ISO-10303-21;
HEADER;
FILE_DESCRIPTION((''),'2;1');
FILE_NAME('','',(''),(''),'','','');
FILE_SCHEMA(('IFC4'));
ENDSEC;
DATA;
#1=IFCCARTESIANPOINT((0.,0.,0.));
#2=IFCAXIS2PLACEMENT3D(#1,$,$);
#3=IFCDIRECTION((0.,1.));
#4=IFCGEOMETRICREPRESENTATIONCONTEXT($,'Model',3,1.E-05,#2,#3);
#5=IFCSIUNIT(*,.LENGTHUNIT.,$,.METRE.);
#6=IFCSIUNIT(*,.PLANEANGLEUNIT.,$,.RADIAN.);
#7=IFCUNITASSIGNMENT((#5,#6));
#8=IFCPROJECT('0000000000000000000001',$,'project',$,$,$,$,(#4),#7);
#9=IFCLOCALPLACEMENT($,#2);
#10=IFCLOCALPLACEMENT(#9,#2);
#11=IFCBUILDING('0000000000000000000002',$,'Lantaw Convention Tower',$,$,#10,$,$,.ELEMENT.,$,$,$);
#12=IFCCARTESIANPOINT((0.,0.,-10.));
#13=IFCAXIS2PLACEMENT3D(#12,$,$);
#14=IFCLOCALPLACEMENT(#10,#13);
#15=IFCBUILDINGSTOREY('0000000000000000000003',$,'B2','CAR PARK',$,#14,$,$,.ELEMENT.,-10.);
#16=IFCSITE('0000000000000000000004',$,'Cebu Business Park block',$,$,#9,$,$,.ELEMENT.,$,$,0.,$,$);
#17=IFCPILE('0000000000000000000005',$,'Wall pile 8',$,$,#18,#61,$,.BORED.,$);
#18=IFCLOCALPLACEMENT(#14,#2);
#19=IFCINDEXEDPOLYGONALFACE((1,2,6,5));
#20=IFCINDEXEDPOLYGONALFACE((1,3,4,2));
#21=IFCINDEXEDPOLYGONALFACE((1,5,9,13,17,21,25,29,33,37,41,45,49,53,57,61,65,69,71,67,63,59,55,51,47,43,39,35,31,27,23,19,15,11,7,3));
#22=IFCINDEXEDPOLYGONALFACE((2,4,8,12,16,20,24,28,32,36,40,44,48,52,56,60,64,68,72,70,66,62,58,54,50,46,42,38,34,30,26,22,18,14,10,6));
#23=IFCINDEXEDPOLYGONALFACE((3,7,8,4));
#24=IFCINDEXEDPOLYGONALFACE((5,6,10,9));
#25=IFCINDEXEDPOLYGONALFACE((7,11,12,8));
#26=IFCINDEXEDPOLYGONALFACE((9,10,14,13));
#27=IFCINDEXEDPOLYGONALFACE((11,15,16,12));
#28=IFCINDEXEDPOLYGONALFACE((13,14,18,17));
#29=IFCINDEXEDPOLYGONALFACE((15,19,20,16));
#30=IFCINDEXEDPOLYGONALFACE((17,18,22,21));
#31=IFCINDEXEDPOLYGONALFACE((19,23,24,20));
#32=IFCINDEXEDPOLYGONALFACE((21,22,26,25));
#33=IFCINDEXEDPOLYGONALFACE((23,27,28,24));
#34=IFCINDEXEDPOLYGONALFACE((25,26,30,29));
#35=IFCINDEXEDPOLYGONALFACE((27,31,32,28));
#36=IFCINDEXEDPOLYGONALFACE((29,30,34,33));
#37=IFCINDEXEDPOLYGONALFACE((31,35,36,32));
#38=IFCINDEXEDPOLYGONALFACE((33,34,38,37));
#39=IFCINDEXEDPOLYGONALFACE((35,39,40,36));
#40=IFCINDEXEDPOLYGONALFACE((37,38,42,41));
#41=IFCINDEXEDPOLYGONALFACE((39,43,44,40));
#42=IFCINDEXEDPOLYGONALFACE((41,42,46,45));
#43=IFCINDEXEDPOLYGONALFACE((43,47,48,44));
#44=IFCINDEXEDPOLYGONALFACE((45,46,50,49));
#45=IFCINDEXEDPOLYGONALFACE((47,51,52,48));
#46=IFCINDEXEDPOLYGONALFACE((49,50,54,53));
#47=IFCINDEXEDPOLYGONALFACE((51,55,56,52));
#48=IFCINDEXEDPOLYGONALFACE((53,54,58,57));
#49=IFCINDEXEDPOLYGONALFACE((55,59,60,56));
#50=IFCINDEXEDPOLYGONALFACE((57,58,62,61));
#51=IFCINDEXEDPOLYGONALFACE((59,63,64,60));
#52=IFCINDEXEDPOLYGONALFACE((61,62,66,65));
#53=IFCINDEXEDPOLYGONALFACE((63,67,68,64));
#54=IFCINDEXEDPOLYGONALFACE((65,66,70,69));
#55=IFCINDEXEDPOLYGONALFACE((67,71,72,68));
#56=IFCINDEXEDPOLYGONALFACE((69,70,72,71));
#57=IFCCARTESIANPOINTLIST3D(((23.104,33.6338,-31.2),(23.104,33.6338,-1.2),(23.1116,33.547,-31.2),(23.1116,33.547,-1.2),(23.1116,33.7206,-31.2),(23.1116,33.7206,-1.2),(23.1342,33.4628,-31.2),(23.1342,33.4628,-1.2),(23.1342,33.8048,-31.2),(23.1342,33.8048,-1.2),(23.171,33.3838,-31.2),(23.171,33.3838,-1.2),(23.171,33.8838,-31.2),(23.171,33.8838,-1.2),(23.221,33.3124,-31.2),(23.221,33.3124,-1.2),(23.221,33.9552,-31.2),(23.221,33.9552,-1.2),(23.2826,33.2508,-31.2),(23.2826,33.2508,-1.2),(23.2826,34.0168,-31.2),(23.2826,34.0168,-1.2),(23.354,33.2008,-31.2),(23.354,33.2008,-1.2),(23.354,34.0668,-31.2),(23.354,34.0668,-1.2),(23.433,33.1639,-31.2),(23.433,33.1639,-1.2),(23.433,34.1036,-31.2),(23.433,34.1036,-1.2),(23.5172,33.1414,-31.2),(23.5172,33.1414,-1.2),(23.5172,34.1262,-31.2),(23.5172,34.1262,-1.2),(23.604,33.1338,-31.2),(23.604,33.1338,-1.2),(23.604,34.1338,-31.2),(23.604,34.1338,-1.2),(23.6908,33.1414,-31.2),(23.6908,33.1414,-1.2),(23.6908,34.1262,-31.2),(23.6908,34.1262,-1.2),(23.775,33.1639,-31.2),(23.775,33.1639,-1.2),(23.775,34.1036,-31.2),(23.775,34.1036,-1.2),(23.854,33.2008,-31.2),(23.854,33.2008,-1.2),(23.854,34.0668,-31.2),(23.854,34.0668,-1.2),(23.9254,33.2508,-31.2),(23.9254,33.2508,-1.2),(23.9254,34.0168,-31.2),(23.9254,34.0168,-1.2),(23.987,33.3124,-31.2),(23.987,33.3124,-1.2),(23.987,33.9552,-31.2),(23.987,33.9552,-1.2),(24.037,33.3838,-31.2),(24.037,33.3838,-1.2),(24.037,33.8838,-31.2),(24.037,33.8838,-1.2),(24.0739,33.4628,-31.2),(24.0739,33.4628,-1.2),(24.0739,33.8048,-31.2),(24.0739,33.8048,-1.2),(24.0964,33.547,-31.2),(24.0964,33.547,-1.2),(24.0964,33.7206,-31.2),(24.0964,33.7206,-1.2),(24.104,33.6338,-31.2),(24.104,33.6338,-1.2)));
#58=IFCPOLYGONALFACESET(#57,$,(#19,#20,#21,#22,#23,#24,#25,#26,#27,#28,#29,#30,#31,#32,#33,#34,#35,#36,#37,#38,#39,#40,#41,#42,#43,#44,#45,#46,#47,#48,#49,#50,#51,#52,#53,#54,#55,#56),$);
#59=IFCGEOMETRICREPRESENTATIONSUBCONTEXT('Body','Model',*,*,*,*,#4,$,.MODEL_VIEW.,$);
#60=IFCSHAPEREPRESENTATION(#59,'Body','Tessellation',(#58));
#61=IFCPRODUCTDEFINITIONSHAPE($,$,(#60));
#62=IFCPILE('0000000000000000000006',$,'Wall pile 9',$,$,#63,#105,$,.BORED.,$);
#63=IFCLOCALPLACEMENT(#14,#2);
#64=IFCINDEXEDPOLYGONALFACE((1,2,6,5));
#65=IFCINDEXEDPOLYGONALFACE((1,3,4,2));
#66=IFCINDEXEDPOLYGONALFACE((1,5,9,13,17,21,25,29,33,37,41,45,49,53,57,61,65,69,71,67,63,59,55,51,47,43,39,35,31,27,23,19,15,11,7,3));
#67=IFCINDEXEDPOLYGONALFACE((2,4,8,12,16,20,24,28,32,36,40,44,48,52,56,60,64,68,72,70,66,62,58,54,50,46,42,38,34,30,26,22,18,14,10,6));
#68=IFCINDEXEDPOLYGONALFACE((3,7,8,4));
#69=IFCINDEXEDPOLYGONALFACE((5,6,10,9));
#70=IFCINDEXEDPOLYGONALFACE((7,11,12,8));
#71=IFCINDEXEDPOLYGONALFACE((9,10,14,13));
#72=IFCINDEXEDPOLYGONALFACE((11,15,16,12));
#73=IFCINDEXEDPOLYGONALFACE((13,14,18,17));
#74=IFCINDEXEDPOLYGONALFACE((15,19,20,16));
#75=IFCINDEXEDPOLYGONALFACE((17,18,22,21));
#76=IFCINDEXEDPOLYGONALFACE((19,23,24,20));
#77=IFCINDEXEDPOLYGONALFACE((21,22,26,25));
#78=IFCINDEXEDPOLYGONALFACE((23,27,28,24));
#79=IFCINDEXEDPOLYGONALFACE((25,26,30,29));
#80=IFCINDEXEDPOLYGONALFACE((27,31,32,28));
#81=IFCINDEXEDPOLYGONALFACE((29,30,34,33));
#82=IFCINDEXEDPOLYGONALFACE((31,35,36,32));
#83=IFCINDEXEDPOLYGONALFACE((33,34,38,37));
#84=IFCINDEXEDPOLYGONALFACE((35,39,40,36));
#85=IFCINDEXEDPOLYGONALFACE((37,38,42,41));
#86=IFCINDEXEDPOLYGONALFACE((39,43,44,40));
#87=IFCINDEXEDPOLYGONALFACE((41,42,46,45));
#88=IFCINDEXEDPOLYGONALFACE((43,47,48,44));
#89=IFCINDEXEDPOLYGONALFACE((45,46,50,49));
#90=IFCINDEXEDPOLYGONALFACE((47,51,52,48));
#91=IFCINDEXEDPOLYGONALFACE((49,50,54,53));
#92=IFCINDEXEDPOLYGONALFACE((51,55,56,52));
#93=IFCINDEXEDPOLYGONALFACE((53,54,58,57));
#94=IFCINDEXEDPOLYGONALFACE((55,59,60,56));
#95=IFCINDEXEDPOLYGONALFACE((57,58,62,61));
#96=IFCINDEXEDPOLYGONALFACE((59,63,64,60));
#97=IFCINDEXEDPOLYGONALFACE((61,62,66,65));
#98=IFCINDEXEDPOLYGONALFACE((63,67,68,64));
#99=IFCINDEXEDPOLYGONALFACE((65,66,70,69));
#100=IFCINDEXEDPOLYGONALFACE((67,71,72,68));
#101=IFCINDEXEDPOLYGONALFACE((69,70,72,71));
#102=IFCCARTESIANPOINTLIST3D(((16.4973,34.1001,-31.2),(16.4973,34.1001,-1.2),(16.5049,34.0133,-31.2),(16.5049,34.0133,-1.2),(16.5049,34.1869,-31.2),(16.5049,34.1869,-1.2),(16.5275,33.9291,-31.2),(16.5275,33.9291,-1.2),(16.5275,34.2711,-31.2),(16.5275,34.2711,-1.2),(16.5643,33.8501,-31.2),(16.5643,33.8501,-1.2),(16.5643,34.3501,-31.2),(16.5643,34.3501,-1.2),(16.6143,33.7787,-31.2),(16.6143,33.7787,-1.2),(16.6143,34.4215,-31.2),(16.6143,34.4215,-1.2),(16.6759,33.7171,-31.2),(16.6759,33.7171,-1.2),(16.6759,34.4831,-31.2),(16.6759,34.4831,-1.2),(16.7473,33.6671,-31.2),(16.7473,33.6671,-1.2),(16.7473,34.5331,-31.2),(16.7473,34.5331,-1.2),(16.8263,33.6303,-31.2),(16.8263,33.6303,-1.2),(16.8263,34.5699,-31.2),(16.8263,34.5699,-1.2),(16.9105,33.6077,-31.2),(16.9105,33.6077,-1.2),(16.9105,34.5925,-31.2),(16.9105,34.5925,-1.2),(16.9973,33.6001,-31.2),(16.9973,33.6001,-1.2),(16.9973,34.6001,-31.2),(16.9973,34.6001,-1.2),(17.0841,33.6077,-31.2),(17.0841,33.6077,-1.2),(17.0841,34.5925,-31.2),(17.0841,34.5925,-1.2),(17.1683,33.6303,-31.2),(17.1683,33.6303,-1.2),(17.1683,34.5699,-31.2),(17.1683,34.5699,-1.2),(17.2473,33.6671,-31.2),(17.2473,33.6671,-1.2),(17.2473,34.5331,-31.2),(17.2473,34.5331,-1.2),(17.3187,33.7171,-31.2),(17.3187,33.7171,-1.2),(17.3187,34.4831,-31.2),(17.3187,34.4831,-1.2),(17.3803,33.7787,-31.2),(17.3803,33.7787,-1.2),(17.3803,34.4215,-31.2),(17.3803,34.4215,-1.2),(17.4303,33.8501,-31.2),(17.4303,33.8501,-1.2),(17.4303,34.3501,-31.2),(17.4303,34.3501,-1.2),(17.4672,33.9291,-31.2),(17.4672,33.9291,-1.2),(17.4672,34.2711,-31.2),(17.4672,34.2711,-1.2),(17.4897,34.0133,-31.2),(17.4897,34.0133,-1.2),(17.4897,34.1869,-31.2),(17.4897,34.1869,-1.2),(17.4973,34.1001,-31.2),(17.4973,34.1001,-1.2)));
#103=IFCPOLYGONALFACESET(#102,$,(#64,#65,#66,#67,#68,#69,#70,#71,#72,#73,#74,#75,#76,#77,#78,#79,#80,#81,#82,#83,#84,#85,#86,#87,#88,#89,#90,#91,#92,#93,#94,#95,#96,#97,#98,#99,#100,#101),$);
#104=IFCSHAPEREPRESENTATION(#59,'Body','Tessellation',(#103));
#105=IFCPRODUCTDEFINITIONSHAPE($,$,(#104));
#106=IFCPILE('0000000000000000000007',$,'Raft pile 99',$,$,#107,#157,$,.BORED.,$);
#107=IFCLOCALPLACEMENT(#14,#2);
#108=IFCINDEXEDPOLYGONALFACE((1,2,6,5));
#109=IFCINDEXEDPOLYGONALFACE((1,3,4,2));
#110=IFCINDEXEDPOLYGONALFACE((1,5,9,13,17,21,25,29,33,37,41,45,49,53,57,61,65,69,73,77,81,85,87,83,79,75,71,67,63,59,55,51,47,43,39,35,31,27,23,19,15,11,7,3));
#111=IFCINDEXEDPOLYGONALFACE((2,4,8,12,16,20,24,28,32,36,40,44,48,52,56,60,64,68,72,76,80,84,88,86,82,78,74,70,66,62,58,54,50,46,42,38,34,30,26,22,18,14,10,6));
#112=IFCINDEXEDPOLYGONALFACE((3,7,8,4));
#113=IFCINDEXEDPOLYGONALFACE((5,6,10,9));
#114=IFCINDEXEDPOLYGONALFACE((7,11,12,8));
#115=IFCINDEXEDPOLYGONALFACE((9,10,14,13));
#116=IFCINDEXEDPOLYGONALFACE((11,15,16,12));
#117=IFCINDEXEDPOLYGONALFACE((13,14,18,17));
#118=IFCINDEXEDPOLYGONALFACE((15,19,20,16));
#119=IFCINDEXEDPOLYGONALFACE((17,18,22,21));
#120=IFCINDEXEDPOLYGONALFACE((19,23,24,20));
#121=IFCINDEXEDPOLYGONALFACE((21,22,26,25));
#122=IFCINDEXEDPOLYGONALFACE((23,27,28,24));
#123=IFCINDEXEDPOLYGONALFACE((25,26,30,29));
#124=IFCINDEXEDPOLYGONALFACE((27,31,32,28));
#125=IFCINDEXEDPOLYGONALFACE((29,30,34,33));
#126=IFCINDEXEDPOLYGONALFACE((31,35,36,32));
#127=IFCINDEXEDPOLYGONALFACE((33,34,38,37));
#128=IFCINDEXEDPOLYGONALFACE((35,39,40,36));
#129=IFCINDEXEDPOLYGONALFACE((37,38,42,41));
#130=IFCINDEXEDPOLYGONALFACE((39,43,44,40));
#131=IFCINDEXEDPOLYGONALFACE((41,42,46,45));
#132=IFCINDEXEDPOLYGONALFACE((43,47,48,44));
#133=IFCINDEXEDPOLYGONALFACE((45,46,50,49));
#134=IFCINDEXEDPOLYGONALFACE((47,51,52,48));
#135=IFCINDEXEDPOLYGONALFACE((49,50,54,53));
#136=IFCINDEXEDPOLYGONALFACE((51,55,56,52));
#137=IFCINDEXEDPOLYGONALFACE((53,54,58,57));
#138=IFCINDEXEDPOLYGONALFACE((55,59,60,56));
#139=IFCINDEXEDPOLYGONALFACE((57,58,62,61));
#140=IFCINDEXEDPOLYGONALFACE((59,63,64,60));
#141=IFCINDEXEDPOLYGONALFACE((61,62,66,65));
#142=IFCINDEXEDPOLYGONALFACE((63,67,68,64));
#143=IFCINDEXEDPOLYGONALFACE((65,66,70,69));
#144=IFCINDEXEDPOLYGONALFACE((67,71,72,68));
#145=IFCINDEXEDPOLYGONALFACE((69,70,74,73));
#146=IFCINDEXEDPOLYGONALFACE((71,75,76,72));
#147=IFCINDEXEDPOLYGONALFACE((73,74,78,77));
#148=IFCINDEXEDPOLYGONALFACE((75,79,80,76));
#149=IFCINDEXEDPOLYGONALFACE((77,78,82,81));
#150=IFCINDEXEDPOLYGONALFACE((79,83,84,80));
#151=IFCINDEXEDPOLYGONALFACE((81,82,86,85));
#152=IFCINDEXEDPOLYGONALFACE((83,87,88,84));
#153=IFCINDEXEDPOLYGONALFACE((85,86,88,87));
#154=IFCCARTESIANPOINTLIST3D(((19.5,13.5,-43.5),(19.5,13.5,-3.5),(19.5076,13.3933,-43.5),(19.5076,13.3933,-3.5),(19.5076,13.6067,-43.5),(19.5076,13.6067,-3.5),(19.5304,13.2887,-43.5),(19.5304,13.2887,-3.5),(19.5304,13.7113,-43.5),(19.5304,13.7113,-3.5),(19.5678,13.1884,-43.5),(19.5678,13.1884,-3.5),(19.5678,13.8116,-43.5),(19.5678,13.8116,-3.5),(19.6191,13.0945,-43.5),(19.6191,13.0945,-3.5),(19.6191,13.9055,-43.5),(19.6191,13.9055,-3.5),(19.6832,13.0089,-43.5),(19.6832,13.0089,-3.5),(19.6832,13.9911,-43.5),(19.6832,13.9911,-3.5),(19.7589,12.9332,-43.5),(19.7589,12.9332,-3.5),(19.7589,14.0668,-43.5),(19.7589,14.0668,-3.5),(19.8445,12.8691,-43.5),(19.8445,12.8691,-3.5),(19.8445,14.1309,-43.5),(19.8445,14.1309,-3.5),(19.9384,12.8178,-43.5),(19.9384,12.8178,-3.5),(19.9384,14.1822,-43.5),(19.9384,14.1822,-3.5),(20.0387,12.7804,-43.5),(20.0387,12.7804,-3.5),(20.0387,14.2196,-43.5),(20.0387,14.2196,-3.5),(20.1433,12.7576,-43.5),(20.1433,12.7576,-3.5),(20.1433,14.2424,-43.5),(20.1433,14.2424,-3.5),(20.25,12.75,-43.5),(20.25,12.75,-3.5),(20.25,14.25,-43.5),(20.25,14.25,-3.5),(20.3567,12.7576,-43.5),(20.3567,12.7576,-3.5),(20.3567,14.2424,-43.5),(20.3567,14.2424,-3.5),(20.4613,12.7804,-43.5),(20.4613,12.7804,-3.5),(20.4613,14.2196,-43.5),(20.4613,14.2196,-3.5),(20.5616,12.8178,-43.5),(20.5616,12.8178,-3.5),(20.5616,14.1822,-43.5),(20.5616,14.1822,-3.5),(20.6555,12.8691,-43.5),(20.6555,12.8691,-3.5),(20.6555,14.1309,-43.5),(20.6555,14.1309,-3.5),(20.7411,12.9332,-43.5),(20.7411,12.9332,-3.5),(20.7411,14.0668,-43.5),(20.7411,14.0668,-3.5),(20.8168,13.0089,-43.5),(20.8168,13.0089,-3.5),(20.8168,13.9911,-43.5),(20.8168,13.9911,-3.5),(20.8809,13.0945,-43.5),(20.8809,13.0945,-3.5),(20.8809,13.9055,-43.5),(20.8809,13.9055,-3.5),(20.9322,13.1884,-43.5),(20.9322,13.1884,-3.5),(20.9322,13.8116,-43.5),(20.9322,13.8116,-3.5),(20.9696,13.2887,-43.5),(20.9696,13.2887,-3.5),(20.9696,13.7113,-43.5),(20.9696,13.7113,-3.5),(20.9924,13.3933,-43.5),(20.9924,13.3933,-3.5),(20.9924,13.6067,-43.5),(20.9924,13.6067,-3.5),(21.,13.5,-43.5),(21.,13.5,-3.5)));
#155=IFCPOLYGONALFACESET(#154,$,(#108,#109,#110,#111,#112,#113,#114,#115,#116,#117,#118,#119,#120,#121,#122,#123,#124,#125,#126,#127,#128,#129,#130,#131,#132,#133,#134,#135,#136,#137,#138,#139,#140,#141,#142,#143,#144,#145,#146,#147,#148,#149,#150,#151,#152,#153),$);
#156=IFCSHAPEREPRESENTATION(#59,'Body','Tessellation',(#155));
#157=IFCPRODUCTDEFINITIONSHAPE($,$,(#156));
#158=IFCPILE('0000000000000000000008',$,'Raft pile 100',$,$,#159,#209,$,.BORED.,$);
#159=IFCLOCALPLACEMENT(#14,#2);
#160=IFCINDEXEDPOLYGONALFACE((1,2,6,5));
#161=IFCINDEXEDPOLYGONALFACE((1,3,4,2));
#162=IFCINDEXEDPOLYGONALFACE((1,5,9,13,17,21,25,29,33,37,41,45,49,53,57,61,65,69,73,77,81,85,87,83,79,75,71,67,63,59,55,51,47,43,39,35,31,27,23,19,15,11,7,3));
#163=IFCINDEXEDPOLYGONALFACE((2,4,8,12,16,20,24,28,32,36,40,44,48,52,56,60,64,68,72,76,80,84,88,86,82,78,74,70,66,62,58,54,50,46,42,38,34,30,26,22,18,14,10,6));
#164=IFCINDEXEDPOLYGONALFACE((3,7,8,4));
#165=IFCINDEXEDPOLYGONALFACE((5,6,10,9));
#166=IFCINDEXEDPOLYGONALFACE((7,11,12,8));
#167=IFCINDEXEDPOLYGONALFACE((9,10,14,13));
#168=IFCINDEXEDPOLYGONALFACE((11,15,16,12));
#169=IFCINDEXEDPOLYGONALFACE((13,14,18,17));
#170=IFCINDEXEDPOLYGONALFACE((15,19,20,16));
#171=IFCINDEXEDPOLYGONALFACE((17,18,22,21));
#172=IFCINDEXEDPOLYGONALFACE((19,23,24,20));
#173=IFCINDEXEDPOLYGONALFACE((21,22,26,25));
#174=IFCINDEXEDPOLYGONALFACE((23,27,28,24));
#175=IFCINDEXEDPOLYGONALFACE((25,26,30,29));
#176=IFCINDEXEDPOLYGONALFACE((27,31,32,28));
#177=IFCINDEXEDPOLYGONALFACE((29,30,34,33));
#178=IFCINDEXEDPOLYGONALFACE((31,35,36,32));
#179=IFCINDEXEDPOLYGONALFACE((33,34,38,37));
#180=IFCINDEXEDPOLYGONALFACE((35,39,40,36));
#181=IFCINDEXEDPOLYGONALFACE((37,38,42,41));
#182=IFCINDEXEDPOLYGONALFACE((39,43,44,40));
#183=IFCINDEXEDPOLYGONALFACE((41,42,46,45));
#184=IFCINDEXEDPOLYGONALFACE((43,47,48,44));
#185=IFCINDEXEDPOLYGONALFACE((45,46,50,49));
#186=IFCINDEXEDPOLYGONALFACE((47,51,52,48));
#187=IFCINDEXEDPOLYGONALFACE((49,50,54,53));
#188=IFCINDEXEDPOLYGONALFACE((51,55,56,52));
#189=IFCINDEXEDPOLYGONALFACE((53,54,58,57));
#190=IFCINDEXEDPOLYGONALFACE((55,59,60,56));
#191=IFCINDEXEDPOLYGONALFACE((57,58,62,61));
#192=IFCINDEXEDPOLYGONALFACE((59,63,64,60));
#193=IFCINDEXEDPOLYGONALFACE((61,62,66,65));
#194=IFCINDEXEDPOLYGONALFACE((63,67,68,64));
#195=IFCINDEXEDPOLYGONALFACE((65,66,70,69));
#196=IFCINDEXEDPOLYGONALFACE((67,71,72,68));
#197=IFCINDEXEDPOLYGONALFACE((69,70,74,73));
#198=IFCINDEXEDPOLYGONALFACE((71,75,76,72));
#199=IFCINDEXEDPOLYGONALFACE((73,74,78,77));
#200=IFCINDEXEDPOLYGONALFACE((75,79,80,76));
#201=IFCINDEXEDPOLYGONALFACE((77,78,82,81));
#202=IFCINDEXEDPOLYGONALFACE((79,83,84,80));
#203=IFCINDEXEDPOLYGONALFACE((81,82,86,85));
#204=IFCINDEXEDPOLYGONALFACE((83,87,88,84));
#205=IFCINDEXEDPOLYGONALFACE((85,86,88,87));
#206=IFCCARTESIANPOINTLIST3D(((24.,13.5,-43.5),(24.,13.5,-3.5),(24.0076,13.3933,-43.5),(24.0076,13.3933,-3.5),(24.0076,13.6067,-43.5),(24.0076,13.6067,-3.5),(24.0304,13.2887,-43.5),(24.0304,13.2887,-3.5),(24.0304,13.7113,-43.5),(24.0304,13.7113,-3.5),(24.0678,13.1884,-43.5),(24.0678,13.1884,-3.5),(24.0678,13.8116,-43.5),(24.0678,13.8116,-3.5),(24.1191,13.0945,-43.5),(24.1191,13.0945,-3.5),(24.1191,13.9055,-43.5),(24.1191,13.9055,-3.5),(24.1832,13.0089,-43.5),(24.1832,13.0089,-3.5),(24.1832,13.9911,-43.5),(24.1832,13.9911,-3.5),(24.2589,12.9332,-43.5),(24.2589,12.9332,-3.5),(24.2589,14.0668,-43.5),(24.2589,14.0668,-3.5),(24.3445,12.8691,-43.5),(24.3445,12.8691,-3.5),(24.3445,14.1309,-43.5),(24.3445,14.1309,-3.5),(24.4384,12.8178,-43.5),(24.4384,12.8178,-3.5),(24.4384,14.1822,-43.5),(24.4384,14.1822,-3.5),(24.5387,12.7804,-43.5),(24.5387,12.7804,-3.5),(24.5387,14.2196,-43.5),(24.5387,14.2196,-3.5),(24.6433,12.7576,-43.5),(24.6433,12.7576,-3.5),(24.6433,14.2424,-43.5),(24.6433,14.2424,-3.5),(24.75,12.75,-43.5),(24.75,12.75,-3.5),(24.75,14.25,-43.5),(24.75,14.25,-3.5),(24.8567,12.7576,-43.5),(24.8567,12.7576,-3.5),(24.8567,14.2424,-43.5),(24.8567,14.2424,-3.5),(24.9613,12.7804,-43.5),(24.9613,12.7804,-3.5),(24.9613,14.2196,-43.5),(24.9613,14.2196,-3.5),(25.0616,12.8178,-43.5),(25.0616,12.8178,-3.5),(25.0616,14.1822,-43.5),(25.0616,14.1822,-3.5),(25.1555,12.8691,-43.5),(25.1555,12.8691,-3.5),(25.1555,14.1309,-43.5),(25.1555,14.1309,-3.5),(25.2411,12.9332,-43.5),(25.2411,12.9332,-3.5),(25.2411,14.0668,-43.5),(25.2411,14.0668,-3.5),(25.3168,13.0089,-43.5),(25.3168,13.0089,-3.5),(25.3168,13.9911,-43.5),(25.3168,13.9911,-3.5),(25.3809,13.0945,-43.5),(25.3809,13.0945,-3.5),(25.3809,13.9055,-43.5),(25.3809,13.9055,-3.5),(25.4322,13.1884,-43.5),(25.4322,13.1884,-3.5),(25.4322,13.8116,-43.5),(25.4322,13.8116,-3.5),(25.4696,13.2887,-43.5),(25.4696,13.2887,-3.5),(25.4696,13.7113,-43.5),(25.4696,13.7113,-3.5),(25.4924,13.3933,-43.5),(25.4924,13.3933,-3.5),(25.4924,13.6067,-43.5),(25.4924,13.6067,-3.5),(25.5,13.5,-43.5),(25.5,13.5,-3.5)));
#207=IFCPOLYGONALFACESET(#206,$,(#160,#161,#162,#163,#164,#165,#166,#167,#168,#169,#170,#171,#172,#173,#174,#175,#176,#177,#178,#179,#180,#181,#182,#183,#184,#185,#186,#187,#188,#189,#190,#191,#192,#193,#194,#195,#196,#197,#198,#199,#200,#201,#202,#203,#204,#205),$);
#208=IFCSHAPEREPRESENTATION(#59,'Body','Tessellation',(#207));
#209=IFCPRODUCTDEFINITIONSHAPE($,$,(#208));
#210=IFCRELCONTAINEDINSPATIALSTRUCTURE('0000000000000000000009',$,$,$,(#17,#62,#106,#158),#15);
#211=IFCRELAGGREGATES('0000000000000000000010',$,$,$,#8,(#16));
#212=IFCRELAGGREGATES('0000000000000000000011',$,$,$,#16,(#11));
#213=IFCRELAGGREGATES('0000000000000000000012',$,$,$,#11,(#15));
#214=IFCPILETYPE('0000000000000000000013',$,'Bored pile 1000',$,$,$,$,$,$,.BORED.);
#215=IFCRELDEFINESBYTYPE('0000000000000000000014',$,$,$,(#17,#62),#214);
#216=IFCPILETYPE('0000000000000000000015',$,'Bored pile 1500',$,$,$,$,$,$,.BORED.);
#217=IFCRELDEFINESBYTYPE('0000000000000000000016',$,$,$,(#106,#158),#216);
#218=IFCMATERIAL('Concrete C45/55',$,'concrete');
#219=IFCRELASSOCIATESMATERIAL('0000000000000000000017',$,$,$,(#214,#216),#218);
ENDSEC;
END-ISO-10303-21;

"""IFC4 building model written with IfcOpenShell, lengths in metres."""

from ifc_helpers import new_model, si_unit, direction, frame, origin, origin_2d, place, context, subcontext, project, spatial, circle, extrude, material, material_profile, profile_set, type_object, element, save


model = new_model("IFC4")

# Units and contexts
model_context = context("Model", 3, precision=1e-05, world=origin(), true_north=direction((0.0, 1.0)))
body_context = subcontext(model_context, "Body", "Model", "MODEL_VIEW")
ifc_project = project(units=[si_unit("LENGTHUNIT", "METRE"), si_unit("PLANEANGLEUNIT", "RADIAN")], contexts=[model_context])

# Site, building, storey
site_placement = place(None, origin())
site = spatial("IfcSite", under=ifc_project, at=site_placement, Name="Cebu Business Park block", CompositionType="ELEMENT", RefElevation=0.0)
building_placement = place(site_placement, origin())
building = spatial("IfcBuilding", under=site, at=building_placement, Name="Lantaw Convention Tower", CompositionType="ELEMENT")
storey_placement = place(building_placement, frame((0.0, 0.0, -10.0)))
storey = spatial("IfcBuildingStorey", under=building, at=storey_placement, Name="B2", Description="CAR PARK", CompositionType="ELEMENT", Elevation=-10.0)

# Piles
ifc_material_1 = material(Name="Concrete C45/55", Category="concrete")
ifc_material_profile_1 = material_profile(ifc_material_1, circle(Radius=0.5, at=origin_2d()), Name="Bored pile 1000")
ifc_profile_set_1 = profile_set([ifc_material_profile_1], Name="Concrete C45/55")
pile_type_1 = type_object("IfcPileType", Name="Bored pile 1000", PredefinedType="BORED", material=ifc_profile_set_1)
for number, where, z_axis, x_axis, name in (
    (1, (23.604, 33.6338, -1.2), (0.0, 0.0, -1.0), (1.0, 0.0, 0.0), "Wall pile 8"),
    (2, (16.9973, 34.1001, -1.2), (0.0, 0.0, -1.0), (1.0, 0.0, 0.0), "Wall pile 9"),
):
    element("IfcPile", number, at=place(storey_placement, frame(where, z_axis=z_axis, x_axis=x_axis)), inside=storey, type_object=pile_type_1, Name=name, PredefinedType="BORED", context=body_context, shape_type="SweptSolid", body=[
        extrude(circle(Radius=0.5, at=origin_2d()), origin(), (0.0, 0.0, 1.0), 30.0),
    ])
ifc_material_profile_2 = material_profile(ifc_material_1, circle(Radius=0.75, at=origin_2d()), Name="Bored pile 1500")
ifc_profile_set_2 = profile_set([ifc_material_profile_2], Name="Concrete C45/55")
pile_type_2 = type_object("IfcPileType", Name="Bored pile 1500", PredefinedType="BORED", material=ifc_profile_set_2)
for number, where, z_axis, x_axis, name in (
    (3, (20.25, 13.5, -3.5), (0.0, 0.0, -1.0), (1.0, 0.0, 0.0), "Raft pile 99"),
    (4, (24.75, 13.5, -3.5), (0.0, 0.0, -1.0), (1.0, 0.0, 0.0), "Raft pile 100"),
):
    element("IfcPile", number, at=place(storey_placement, frame(where, z_axis=z_axis, x_axis=x_axis)), inside=storey, type_object=pile_type_2, Name=name, PredefinedType="BORED", context=body_context, shape_type="SweptSolid", body=[
        extrude(circle(Radius=0.75, at=origin_2d()), origin(), (0.0, 0.0, 1.0), 40.0),
    ])

save(model, "model.ifc")
